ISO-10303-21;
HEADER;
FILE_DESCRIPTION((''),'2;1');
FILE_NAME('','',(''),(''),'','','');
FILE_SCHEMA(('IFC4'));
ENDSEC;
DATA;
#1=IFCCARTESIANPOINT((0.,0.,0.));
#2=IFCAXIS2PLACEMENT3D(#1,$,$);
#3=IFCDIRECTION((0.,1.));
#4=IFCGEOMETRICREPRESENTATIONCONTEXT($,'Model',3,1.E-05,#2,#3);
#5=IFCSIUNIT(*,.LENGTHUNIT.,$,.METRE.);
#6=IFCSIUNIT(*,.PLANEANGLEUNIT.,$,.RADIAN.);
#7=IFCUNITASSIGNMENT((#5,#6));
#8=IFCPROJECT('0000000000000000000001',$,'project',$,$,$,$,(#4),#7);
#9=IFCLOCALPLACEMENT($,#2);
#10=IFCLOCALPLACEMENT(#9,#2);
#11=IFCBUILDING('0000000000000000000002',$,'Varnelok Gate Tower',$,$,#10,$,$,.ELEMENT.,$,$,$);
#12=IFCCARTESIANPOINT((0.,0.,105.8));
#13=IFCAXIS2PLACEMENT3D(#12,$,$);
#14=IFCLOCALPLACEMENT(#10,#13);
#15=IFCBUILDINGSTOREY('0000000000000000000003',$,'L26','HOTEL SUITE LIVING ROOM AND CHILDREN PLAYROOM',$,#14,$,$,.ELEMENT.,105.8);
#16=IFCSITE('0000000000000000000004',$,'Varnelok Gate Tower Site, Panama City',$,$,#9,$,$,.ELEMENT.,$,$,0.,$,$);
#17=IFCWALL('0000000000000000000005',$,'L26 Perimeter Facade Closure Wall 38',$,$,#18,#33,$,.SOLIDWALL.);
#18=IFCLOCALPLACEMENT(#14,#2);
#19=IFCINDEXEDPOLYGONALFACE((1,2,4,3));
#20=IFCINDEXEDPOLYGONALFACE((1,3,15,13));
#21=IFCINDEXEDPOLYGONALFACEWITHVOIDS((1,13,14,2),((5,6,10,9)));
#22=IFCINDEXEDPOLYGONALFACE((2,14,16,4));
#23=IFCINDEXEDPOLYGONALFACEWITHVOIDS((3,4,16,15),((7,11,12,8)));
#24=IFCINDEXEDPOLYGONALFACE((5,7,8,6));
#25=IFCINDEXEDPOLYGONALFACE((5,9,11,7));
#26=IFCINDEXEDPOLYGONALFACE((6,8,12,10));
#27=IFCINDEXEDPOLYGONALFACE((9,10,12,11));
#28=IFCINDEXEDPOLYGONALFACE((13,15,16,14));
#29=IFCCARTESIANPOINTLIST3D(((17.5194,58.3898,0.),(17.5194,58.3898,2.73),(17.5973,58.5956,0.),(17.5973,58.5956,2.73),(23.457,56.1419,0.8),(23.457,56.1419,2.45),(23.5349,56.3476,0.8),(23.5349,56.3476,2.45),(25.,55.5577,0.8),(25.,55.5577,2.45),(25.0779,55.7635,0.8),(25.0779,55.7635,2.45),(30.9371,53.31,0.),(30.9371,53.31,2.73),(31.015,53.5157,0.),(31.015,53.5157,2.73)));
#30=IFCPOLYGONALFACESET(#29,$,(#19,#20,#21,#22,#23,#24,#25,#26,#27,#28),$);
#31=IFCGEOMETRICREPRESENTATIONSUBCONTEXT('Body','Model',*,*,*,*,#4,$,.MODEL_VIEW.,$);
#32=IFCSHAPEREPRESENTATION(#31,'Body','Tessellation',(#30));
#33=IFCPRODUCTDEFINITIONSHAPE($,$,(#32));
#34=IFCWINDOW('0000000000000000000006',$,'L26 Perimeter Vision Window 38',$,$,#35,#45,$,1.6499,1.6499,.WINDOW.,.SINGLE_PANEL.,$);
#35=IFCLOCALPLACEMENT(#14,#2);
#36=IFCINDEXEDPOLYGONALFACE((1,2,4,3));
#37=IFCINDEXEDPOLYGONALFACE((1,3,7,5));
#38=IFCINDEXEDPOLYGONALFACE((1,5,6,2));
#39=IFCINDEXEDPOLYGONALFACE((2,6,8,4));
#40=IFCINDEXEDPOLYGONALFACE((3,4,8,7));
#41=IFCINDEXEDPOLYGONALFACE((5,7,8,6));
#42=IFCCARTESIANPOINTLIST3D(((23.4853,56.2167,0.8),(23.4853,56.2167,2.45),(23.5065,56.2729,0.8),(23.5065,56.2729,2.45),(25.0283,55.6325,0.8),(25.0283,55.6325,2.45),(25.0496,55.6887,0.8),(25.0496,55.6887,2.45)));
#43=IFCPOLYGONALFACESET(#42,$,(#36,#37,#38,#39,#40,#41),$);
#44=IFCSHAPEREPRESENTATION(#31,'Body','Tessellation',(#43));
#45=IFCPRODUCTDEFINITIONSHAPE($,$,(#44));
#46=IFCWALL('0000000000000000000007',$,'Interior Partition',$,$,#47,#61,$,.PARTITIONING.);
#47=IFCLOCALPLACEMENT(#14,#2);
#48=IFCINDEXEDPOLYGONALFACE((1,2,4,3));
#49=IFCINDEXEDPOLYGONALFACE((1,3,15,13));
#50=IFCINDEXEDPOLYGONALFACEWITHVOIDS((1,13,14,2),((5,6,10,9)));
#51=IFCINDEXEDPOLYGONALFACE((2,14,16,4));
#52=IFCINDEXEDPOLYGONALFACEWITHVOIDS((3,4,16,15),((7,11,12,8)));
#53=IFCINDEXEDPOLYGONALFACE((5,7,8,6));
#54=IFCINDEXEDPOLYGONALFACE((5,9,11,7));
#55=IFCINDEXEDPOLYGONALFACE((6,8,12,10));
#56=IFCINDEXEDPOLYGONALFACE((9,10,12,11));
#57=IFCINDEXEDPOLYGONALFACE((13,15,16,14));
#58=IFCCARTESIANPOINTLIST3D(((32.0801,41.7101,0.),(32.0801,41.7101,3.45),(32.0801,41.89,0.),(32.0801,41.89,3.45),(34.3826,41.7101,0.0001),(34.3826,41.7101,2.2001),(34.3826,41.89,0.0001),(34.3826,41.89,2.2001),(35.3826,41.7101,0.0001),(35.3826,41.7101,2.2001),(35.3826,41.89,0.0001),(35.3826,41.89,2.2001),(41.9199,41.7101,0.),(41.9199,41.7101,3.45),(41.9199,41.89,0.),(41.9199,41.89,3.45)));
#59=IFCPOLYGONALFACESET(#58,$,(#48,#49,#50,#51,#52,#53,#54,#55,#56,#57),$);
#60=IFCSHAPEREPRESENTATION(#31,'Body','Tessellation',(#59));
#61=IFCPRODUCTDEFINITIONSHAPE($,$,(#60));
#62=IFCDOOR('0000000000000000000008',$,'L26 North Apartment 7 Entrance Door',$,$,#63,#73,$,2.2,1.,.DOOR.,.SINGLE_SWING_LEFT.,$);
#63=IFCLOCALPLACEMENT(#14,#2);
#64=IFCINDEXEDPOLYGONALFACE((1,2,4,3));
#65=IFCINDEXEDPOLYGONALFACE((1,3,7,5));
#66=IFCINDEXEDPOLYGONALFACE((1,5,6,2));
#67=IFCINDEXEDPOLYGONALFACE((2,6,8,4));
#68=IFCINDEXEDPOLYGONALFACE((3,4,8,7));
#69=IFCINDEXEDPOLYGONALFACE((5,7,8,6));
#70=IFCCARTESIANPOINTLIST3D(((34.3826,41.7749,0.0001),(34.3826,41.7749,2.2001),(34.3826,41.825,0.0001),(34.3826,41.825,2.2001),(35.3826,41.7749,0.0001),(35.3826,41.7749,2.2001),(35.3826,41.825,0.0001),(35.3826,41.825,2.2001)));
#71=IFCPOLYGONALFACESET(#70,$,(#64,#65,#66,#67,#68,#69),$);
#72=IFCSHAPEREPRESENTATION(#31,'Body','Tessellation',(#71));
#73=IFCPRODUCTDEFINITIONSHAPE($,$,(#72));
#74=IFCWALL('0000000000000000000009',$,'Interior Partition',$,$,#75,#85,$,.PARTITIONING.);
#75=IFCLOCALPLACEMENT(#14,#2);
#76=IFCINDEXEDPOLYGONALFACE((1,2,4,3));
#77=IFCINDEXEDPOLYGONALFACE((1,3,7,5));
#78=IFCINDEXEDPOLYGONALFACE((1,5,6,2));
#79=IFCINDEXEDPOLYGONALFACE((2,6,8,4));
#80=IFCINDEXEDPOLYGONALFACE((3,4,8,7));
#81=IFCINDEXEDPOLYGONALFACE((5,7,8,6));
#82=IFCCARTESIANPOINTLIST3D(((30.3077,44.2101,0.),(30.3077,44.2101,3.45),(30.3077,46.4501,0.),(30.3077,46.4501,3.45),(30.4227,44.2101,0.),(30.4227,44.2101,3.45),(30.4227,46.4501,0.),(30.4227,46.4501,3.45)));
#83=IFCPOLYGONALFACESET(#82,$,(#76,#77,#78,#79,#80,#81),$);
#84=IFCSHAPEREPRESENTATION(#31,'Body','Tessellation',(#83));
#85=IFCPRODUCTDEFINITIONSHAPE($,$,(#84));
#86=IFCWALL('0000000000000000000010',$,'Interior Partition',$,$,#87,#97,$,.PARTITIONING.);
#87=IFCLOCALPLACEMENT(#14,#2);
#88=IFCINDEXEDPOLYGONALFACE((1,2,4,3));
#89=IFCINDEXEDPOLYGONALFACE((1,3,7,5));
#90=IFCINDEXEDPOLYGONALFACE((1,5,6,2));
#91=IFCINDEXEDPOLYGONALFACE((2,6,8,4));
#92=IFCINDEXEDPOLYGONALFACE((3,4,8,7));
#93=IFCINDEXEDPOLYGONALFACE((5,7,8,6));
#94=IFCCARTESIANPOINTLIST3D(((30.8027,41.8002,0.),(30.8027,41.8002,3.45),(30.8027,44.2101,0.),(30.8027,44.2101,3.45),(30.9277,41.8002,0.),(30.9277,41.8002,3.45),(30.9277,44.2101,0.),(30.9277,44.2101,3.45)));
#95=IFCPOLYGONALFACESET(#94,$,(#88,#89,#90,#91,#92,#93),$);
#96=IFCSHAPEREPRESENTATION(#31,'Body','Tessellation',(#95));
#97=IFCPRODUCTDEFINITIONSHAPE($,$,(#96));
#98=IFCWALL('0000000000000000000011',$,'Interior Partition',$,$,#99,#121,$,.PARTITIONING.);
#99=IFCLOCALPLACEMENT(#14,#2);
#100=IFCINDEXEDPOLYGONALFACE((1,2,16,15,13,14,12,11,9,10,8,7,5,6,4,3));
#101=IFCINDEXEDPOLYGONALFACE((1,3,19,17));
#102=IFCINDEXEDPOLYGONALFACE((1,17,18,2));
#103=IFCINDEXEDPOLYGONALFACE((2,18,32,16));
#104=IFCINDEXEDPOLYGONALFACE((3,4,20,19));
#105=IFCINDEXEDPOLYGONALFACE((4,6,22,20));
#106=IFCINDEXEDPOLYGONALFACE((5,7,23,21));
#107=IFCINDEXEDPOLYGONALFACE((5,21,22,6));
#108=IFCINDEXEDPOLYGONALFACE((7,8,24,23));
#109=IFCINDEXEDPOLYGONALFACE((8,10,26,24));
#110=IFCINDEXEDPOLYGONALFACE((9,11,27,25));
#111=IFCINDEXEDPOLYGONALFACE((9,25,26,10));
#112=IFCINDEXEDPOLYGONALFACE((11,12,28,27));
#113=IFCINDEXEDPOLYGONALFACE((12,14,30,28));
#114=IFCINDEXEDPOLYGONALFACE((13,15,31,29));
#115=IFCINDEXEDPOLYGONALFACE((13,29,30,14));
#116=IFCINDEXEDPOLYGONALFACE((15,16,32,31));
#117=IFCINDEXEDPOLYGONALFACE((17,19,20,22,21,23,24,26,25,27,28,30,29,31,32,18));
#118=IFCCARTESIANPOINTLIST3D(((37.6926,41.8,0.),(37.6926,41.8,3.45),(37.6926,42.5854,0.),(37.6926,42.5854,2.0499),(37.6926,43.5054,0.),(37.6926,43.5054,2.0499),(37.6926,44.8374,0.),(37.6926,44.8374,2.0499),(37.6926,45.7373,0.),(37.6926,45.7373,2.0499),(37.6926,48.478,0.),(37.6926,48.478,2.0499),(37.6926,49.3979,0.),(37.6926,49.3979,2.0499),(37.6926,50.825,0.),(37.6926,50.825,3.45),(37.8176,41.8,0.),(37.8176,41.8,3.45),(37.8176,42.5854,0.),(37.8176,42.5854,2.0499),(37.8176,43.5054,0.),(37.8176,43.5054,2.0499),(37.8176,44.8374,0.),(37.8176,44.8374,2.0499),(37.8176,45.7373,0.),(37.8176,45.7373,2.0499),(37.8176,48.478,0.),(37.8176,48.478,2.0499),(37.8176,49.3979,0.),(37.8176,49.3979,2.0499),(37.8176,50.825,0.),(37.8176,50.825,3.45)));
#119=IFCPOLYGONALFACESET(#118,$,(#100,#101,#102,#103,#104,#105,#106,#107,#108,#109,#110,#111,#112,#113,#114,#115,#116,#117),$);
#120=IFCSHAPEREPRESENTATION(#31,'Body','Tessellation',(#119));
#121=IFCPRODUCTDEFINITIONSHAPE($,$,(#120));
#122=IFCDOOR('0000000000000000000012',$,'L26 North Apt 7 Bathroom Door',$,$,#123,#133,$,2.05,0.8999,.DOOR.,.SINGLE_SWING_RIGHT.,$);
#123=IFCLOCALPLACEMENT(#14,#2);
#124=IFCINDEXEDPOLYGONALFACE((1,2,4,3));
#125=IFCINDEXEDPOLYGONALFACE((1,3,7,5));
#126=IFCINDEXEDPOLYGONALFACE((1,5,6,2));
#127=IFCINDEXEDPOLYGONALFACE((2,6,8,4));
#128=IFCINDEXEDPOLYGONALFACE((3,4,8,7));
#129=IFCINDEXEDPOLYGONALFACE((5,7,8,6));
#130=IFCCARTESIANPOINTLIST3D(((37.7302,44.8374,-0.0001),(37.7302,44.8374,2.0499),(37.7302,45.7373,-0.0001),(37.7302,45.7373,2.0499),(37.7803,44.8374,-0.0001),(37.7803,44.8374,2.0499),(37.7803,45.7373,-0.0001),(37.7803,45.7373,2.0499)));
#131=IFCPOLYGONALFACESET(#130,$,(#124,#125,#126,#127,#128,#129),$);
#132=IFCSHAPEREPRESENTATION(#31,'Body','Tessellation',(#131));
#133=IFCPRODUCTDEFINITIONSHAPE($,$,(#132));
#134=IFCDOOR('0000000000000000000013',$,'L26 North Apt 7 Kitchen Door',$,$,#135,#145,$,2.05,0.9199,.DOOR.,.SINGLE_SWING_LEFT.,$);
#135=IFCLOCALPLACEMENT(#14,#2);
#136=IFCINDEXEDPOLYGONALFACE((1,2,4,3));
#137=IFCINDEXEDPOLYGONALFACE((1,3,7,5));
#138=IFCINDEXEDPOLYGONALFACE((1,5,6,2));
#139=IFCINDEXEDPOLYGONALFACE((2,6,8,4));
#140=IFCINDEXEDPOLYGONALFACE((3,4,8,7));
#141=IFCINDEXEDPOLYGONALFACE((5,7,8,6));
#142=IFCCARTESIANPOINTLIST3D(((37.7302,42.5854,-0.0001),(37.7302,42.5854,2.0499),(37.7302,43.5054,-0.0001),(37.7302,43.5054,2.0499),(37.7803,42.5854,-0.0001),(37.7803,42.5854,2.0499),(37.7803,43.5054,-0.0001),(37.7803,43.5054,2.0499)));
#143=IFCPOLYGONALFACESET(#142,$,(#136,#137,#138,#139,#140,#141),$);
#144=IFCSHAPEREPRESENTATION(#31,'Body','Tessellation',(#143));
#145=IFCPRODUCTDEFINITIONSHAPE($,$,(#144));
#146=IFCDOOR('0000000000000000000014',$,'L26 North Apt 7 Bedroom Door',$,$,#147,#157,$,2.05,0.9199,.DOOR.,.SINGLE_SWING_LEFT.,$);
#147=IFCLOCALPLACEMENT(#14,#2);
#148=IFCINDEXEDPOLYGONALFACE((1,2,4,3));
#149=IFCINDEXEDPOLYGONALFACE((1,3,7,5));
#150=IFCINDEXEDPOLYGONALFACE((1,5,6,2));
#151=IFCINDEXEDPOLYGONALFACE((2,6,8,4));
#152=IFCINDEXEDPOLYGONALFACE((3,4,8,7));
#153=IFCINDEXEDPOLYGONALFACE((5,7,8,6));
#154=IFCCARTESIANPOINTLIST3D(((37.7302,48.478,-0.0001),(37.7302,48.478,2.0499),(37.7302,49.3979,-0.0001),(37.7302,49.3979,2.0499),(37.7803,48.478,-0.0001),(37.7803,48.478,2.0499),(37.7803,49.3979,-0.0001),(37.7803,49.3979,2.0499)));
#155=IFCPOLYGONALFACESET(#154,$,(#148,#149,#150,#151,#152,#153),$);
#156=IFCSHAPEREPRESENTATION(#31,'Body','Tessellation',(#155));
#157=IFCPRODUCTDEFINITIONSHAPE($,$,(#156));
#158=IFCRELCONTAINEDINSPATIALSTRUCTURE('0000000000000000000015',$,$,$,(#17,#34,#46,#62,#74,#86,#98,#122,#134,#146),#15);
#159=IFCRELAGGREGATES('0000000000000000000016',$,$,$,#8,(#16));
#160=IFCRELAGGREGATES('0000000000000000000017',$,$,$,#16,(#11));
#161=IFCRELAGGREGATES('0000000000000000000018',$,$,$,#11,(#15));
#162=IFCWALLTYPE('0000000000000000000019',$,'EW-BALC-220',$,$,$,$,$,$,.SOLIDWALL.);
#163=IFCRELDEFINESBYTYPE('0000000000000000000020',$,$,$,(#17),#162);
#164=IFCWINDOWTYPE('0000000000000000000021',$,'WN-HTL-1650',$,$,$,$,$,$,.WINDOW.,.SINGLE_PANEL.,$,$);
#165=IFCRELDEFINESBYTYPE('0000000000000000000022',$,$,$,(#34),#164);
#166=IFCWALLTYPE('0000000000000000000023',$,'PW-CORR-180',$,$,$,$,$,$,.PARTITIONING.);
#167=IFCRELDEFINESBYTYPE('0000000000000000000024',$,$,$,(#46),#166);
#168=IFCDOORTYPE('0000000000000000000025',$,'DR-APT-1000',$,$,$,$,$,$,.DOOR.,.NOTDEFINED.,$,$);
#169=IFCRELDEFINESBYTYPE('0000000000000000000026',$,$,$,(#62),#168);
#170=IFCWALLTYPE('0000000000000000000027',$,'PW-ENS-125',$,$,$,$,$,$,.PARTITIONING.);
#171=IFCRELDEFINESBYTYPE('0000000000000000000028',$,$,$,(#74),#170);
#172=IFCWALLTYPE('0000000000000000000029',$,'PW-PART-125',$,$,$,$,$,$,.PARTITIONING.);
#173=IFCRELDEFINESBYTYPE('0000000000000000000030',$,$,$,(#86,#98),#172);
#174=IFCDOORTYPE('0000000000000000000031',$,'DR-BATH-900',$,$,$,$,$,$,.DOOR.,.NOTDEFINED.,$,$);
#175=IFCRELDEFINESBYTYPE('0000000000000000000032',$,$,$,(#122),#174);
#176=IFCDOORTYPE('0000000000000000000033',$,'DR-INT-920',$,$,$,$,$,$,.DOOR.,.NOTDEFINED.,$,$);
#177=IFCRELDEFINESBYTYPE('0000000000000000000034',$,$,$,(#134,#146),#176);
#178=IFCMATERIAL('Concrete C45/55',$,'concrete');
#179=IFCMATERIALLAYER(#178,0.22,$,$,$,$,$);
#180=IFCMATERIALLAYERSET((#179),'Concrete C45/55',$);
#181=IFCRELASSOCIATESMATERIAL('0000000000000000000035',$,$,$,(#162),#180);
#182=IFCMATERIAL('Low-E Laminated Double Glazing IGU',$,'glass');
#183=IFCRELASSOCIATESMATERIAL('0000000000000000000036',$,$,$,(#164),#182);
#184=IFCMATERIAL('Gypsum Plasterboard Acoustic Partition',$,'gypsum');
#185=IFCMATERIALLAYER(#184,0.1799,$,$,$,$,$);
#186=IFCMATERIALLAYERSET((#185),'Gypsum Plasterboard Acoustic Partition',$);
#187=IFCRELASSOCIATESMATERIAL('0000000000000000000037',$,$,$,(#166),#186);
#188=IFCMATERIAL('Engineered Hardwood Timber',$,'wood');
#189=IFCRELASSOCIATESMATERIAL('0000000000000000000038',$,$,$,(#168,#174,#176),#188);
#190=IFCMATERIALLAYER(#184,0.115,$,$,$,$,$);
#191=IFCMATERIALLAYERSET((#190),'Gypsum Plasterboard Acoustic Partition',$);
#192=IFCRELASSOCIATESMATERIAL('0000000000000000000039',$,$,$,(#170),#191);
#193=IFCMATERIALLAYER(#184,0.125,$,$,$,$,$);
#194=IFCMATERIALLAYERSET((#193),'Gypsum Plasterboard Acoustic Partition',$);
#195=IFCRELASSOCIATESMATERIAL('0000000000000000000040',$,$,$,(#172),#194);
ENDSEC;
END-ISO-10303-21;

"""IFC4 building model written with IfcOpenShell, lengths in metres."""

from ifc_helpers import new_model, si_unit, direction, frame, frame_2d, origin, place, context, subcontext, project, spatial, rectangle, extrude, material, layer, layer_set, type_object, element, fill, save


model = new_model("IFC4")

# Units and contexts
model_context = context("Model", 3, precision=1e-05, world=origin(), true_north=direction((0.0, 1.0)))
body_context = subcontext(model_context, "Body", "Model", "MODEL_VIEW")
ifc_project = project(units=[si_unit("LENGTHUNIT", "METRE"), si_unit("PLANEANGLEUNIT", "RADIAN")], contexts=[model_context])

# Site, building, storey
site_placement = place(None, origin())
site = spatial("IfcSite", under=ifc_project, at=site_placement, Name="Varnelok Gate Tower Site, Panama City", CompositionType="ELEMENT", RefElevation=0.0)
building_placement = place(site_placement, origin())
building = spatial("IfcBuilding", under=site, at=building_placement, Name="Varnelok Gate Tower", CompositionType="ELEMENT")
storey_placement = place(building_placement, frame((0.0, 0.0, 105.8)))
storey = spatial("IfcBuildingStorey", under=building, at=storey_placement, Name="L26", Description="HOTEL SUITE LIVING ROOM AND CHILDREN PLAYROOM", CompositionType="ELEMENT", Elevation=105.8)

# Shared definitions
ifc_material_1 = material(Name="Concrete C45/55", Category="concrete")
ifc_layer_1 = layer(ifc_material_1, 0.22)
ifc_layer_set_1 = layer_set([ifc_layer_1], Name="Concrete C45/55")
wall_type_1 = type_object("IfcWallType", Name="EW-BALC-220", PredefinedType="SOLIDWALL", material=ifc_layer_set_1)

# Wall, opening, window
ifc_material_2 = material(Name="Low-E Laminated Double Glazing IGU", Category="glass")
wall_1_placement = place(storey_placement, frame((30.9761, 53.4128, 0.0), z_axis=(0.0, 0.0, 1.0), x_axis=(-0.93522, 0.354066, 0.0)))
wall_1 = element("IfcWall", 1, at=wall_1_placement, inside=storey, type_object=wall_type_1, Name="L26 Perimeter Facade Closure Wall 38", PredefinedType="SOLIDWALL", context=body_context, shape_type="SweptSolid", body=[
    extrude(rectangle(XDim=14.3472, YDim=0.22, at=frame_2d((7.1736, 0.0))), origin(), (0.0, 0.0, 1.0), 2.73),
])
opening_1_placement = place(wall_1_placement, frame((6.3484, 0.0, 0.8)))
opening_1 = element("IfcOpeningElement", 2, at=opening_1_placement, cuts=wall_1, PredefinedType="OPENING", context=body_context, shape_type="SweptSolid", body=[
    extrude(rectangle(XDim=1.6499, YDim=1.6499, at=frame_2d((0.825, 0.825))), frame((0.0, 0.1199, 0.0), z_axis=(0.0, -1.0, 0.0), x_axis=(1.0, 0.0, 0.0)), (0.0, 0.0, 1.0), 0.24),
])
window_type_1 = type_object("IfcWindowType", Name="WN-HTL-1650", PartitioningType="SINGLE_PANEL", PredefinedType="WINDOW", material=ifc_material_2)
window_1_placement = place(opening_1_placement, origin())
window_1 = element("IfcWindow", 3, at=window_1_placement, inside=storey, type_object=window_type_1, Name="L26 Perimeter Vision Window 38", OverallHeight=1.6499, OverallWidth=1.6499, PartitioningType="SINGLE_PANEL", PredefinedType="WINDOW", context=body_context, shape_type="SweptSolid", body=[
    extrude(rectangle(XDim=1.6499, YDim=1.6499, at=frame_2d((0.825, 0.825))), frame((0.0, 0.03, 0.0), z_axis=(0.0, -1.0, 0.0), x_axis=(1.0, 0.0, 0.0)), (0.0, 0.0, 1.0), 0.0601),
])
fill(opening_1, window_1)

# Wall, opening, door
ifc_material_3 = material(Name="Gypsum Plasterboard Acoustic Partition", Category="gypsum")
ifc_layer_2 = layer(ifc_material_3, 0.1799)
ifc_layer_set_2 = layer_set([ifc_layer_2], Name="Gypsum Plasterboard Acoustic Partition")
wall_type_2 = type_object("IfcWallType", Name="PW-CORR-180", PredefinedType="PARTITIONING", material=ifc_layer_set_2)
wall_2_placement = place(storey_placement, frame((32.0801, 41.8, 0.0), z_axis=(0.0, 0.0, 1.0), x_axis=(1.0, 0.0, 0.0)))
wall_2 = element("IfcWall", 4, at=wall_2_placement, inside=storey, type_object=wall_type_2, Name="Interior Partition", PredefinedType="PARTITIONING", context=body_context, shape_type="SweptSolid", body=[
    extrude(rectangle(XDim=9.8398, YDim=0.1799, at=frame_2d((4.9199, 0.0))), origin(), (0.0, 0.0, 1.0), 3.45),
])
opening_2_placement = place(wall_2_placement, frame((2.3025, 0.0, 0.0)))
opening_2 = element("IfcOpeningElement", 5, at=opening_2_placement, cuts=wall_2, PredefinedType="OPENING", context=body_context, shape_type="SweptSolid", body=[
    extrude(rectangle(XDim=1.0, YDim=2.2, at=frame_2d((0.5, 1.1001))), frame((0.0, 0.0999, 0.0), z_axis=(0.0, -1.0, 0.0), x_axis=(1.0, 0.0, 0.0)), (0.0, 0.0, 1.0), 0.2),
])
ifc_material_4 = material(Name="Engineered Hardwood Timber", Category="wood")
door_type_1 = type_object("IfcDoorType", Name="DR-APT-1000", OperationType="NOTDEFINED", PredefinedType="DOOR", material=ifc_material_4)
door_1_placement = place(opening_2_placement, origin())
door_1 = element("IfcDoor", 6, at=door_1_placement, inside=storey, type_object=door_type_1, Name="L26 North Apartment 7 Entrance Door", OperationType="SINGLE_SWING_LEFT", OverallHeight=2.2, OverallWidth=1.0, PredefinedType="DOOR", context=body_context, shape_type="SweptSolid", body=[
    extrude(rectangle(XDim=1.0, YDim=2.2, at=frame_2d((0.5, 1.1001))), frame((0.0, 0.0249, 0.0), z_axis=(0.0, -1.0, 0.0), x_axis=(1.0, 0.0, 0.0)), (0.0, 0.0, 1.0), 0.05),
])
fill(opening_2, door_1)

# Walls
ifc_layer_3 = layer(ifc_material_3, 0.115)
ifc_layer_set_3 = layer_set([ifc_layer_3], Name="Gypsum Plasterboard Acoustic Partition")
wall_type_3 = type_object("IfcWallType", Name="PW-ENS-125", PredefinedType="PARTITIONING", material=ifc_layer_set_3)
wall_3_placement = place(storey_placement, frame((30.3652, 44.21, 0.0), z_axis=(0.0, 0.0, 1.0), x_axis=(0.0, 1.0, 0.0)))
element("IfcWall", 7, at=wall_3_placement, inside=storey, type_object=wall_type_3, Name="Interior Partition", PredefinedType="PARTITIONING", context=body_context, shape_type="SweptSolid", body=[
    extrude(rectangle(XDim=2.24, YDim=0.115, at=frame_2d((1.1201, 0.0))), origin(), (0.0, 0.0, 1.0), 3.45),
])
ifc_layer_4 = layer(ifc_material_3, 0.125)
ifc_layer_set_4 = layer_set([ifc_layer_4], Name="Gypsum Plasterboard Acoustic Partition")
wall_type_4 = type_object("IfcWallType", Name="PW-PART-125", PredefinedType="PARTITIONING", material=ifc_layer_set_4)
wall_4_placement = place(storey_placement, frame((30.8652, 41.8, 0.0), z_axis=(0.0, 0.0, 1.0), x_axis=(0.0, 1.0, 0.0)))
element("IfcWall", 8, at=wall_4_placement, inside=storey, type_object=wall_type_4, Name="Interior Partition", PredefinedType="PARTITIONING", context=body_context, shape_type="SweptSolid", body=[
    extrude(rectangle(XDim=2.4099, YDim=0.125, at=frame_2d((1.2051, 0.0))), origin(), (0.0, 0.0, 1.0), 3.45),
])

# Wall, openings, doors
wall_5_placement = place(storey_placement, frame((37.7551, 41.8, 0.0), z_axis=(0.0, 0.0, 1.0), x_axis=(0.0, 1.0, 0.0)))
wall_5 = element("IfcWall", 9, at=wall_5_placement, inside=storey, type_object=wall_type_4, Name="Interior Partition", PredefinedType="PARTITIONING", context=body_context, shape_type="SweptSolid", body=[
    extrude(rectangle(XDim=9.0249, YDim=0.125, at=frame_2d((4.5125, 0.0))), origin(), (0.0, 0.0, 1.0), 3.45),
])
opening_3_placement = place(wall_5_placement, frame((0.7854, 0.0, 0.0)))
opening_3 = element("IfcOpeningElement", 10, at=opening_3_placement, cuts=wall_5, PredefinedType="OPENING", context=body_context, shape_type="SweptSolid", body=[
    extrude(rectangle(XDim=0.9199, YDim=2.05, at=frame_2d((0.46, 1.0249))), frame((0.0, 0.0725, 0.0), z_axis=(0.0, -1.0, 0.0), x_axis=(1.0, 0.0, 0.0)), (0.0, 0.0, 1.0), 0.145),
])
opening_4_placement = place(wall_5_placement, frame((3.0374, 0.0, 0.0)))
opening_4 = element("IfcOpeningElement", 11, at=opening_4_placement, cuts=wall_5, PredefinedType="OPENING", context=body_context, shape_type="SweptSolid", body=[
    extrude(rectangle(XDim=0.8999, YDim=2.05, at=frame_2d((0.45, 1.0249))), frame((0.0, 0.0725, 0.0), z_axis=(0.0, -1.0, 0.0), x_axis=(1.0, 0.0, 0.0)), (0.0, 0.0, 1.0), 0.145),
])
opening_5_placement = place(wall_5_placement, frame((6.678, 0.0, 0.0)))
opening_5 = element("IfcOpeningElement", 12, at=opening_5_placement, cuts=wall_5, PredefinedType="OPENING", context=body_context, shape_type="SweptSolid", body=[
    extrude(rectangle(XDim=0.9199, YDim=2.05, at=frame_2d((0.46, 1.0249))), frame((0.0, 0.0725, 0.0), z_axis=(0.0, -1.0, 0.0), x_axis=(1.0, 0.0, 0.0)), (0.0, 0.0, 1.0), 0.145),
])
door_type_2 = type_object("IfcDoorType", Name="DR-BATH-900", OperationType="NOTDEFINED", PredefinedType="DOOR", material=ifc_material_4)
door_2_placement = place(opening_4_placement, origin())
door_2 = element("IfcDoor", 13, at=door_2_placement, inside=storey, type_object=door_type_2, Name="L26 North Apt 7 Bathroom Door", OperationType="SINGLE_SWING_RIGHT", OverallHeight=2.05, OverallWidth=0.8999, PredefinedType="DOOR", context=body_context, shape_type="SweptSolid", body=[
    extrude(rectangle(XDim=0.8999, YDim=2.05, at=frame_2d((0.45, 1.0249))), frame((0.0, 0.0249, 0.0), z_axis=(0.0, -1.0, 0.0), x_axis=(1.0, 0.0, 0.0)), (0.0, 0.0, 1.0), 0.05),
])
fill(opening_4, door_2)
door_type_3 = type_object("IfcDoorType", Name="DR-INT-920", OperationType="NOTDEFINED", PredefinedType="DOOR", material=ifc_material_4)
door_3_placement = place(opening_3_placement, origin())
door_3 = element("IfcDoor", 14, at=door_3_placement, inside=storey, type_object=door_type_3, Name="L26 North Apt 7 Kitchen Door", OperationType="SINGLE_SWING_LEFT", OverallHeight=2.05, OverallWidth=0.9199, PredefinedType="DOOR", context=body_context, shape_type="SweptSolid", body=[
    extrude(rectangle(XDim=0.9199, YDim=2.05, at=frame_2d((0.46, 1.0249))), frame((0.0, 0.0249, 0.0), z_axis=(0.0, -1.0, 0.0), x_axis=(1.0, 0.0, 0.0)), (0.0, 0.0, 1.0), 0.05),
])
fill(opening_3, door_3)
door_4_placement = place(opening_5_placement, origin())
door_4 = element("IfcDoor", 15, at=door_4_placement, inside=storey, type_object=door_type_3, Name="L26 North Apt 7 Bedroom Door", OperationType="SINGLE_SWING_LEFT", OverallHeight=2.05, OverallWidth=0.9199, PredefinedType="DOOR", context=body_context, shape_type="SweptSolid", body=[
    extrude(rectangle(XDim=0.9199, YDim=2.05, at=frame_2d((0.46, 1.0249))), frame((0.0, 0.0249, 0.0), z_axis=(0.0, -1.0, 0.0), x_axis=(1.0, 0.0, 0.0)), (0.0, 0.0, 1.0), 0.05),
])
fill(opening_5, door_4)

save(model, "model.ifc")
